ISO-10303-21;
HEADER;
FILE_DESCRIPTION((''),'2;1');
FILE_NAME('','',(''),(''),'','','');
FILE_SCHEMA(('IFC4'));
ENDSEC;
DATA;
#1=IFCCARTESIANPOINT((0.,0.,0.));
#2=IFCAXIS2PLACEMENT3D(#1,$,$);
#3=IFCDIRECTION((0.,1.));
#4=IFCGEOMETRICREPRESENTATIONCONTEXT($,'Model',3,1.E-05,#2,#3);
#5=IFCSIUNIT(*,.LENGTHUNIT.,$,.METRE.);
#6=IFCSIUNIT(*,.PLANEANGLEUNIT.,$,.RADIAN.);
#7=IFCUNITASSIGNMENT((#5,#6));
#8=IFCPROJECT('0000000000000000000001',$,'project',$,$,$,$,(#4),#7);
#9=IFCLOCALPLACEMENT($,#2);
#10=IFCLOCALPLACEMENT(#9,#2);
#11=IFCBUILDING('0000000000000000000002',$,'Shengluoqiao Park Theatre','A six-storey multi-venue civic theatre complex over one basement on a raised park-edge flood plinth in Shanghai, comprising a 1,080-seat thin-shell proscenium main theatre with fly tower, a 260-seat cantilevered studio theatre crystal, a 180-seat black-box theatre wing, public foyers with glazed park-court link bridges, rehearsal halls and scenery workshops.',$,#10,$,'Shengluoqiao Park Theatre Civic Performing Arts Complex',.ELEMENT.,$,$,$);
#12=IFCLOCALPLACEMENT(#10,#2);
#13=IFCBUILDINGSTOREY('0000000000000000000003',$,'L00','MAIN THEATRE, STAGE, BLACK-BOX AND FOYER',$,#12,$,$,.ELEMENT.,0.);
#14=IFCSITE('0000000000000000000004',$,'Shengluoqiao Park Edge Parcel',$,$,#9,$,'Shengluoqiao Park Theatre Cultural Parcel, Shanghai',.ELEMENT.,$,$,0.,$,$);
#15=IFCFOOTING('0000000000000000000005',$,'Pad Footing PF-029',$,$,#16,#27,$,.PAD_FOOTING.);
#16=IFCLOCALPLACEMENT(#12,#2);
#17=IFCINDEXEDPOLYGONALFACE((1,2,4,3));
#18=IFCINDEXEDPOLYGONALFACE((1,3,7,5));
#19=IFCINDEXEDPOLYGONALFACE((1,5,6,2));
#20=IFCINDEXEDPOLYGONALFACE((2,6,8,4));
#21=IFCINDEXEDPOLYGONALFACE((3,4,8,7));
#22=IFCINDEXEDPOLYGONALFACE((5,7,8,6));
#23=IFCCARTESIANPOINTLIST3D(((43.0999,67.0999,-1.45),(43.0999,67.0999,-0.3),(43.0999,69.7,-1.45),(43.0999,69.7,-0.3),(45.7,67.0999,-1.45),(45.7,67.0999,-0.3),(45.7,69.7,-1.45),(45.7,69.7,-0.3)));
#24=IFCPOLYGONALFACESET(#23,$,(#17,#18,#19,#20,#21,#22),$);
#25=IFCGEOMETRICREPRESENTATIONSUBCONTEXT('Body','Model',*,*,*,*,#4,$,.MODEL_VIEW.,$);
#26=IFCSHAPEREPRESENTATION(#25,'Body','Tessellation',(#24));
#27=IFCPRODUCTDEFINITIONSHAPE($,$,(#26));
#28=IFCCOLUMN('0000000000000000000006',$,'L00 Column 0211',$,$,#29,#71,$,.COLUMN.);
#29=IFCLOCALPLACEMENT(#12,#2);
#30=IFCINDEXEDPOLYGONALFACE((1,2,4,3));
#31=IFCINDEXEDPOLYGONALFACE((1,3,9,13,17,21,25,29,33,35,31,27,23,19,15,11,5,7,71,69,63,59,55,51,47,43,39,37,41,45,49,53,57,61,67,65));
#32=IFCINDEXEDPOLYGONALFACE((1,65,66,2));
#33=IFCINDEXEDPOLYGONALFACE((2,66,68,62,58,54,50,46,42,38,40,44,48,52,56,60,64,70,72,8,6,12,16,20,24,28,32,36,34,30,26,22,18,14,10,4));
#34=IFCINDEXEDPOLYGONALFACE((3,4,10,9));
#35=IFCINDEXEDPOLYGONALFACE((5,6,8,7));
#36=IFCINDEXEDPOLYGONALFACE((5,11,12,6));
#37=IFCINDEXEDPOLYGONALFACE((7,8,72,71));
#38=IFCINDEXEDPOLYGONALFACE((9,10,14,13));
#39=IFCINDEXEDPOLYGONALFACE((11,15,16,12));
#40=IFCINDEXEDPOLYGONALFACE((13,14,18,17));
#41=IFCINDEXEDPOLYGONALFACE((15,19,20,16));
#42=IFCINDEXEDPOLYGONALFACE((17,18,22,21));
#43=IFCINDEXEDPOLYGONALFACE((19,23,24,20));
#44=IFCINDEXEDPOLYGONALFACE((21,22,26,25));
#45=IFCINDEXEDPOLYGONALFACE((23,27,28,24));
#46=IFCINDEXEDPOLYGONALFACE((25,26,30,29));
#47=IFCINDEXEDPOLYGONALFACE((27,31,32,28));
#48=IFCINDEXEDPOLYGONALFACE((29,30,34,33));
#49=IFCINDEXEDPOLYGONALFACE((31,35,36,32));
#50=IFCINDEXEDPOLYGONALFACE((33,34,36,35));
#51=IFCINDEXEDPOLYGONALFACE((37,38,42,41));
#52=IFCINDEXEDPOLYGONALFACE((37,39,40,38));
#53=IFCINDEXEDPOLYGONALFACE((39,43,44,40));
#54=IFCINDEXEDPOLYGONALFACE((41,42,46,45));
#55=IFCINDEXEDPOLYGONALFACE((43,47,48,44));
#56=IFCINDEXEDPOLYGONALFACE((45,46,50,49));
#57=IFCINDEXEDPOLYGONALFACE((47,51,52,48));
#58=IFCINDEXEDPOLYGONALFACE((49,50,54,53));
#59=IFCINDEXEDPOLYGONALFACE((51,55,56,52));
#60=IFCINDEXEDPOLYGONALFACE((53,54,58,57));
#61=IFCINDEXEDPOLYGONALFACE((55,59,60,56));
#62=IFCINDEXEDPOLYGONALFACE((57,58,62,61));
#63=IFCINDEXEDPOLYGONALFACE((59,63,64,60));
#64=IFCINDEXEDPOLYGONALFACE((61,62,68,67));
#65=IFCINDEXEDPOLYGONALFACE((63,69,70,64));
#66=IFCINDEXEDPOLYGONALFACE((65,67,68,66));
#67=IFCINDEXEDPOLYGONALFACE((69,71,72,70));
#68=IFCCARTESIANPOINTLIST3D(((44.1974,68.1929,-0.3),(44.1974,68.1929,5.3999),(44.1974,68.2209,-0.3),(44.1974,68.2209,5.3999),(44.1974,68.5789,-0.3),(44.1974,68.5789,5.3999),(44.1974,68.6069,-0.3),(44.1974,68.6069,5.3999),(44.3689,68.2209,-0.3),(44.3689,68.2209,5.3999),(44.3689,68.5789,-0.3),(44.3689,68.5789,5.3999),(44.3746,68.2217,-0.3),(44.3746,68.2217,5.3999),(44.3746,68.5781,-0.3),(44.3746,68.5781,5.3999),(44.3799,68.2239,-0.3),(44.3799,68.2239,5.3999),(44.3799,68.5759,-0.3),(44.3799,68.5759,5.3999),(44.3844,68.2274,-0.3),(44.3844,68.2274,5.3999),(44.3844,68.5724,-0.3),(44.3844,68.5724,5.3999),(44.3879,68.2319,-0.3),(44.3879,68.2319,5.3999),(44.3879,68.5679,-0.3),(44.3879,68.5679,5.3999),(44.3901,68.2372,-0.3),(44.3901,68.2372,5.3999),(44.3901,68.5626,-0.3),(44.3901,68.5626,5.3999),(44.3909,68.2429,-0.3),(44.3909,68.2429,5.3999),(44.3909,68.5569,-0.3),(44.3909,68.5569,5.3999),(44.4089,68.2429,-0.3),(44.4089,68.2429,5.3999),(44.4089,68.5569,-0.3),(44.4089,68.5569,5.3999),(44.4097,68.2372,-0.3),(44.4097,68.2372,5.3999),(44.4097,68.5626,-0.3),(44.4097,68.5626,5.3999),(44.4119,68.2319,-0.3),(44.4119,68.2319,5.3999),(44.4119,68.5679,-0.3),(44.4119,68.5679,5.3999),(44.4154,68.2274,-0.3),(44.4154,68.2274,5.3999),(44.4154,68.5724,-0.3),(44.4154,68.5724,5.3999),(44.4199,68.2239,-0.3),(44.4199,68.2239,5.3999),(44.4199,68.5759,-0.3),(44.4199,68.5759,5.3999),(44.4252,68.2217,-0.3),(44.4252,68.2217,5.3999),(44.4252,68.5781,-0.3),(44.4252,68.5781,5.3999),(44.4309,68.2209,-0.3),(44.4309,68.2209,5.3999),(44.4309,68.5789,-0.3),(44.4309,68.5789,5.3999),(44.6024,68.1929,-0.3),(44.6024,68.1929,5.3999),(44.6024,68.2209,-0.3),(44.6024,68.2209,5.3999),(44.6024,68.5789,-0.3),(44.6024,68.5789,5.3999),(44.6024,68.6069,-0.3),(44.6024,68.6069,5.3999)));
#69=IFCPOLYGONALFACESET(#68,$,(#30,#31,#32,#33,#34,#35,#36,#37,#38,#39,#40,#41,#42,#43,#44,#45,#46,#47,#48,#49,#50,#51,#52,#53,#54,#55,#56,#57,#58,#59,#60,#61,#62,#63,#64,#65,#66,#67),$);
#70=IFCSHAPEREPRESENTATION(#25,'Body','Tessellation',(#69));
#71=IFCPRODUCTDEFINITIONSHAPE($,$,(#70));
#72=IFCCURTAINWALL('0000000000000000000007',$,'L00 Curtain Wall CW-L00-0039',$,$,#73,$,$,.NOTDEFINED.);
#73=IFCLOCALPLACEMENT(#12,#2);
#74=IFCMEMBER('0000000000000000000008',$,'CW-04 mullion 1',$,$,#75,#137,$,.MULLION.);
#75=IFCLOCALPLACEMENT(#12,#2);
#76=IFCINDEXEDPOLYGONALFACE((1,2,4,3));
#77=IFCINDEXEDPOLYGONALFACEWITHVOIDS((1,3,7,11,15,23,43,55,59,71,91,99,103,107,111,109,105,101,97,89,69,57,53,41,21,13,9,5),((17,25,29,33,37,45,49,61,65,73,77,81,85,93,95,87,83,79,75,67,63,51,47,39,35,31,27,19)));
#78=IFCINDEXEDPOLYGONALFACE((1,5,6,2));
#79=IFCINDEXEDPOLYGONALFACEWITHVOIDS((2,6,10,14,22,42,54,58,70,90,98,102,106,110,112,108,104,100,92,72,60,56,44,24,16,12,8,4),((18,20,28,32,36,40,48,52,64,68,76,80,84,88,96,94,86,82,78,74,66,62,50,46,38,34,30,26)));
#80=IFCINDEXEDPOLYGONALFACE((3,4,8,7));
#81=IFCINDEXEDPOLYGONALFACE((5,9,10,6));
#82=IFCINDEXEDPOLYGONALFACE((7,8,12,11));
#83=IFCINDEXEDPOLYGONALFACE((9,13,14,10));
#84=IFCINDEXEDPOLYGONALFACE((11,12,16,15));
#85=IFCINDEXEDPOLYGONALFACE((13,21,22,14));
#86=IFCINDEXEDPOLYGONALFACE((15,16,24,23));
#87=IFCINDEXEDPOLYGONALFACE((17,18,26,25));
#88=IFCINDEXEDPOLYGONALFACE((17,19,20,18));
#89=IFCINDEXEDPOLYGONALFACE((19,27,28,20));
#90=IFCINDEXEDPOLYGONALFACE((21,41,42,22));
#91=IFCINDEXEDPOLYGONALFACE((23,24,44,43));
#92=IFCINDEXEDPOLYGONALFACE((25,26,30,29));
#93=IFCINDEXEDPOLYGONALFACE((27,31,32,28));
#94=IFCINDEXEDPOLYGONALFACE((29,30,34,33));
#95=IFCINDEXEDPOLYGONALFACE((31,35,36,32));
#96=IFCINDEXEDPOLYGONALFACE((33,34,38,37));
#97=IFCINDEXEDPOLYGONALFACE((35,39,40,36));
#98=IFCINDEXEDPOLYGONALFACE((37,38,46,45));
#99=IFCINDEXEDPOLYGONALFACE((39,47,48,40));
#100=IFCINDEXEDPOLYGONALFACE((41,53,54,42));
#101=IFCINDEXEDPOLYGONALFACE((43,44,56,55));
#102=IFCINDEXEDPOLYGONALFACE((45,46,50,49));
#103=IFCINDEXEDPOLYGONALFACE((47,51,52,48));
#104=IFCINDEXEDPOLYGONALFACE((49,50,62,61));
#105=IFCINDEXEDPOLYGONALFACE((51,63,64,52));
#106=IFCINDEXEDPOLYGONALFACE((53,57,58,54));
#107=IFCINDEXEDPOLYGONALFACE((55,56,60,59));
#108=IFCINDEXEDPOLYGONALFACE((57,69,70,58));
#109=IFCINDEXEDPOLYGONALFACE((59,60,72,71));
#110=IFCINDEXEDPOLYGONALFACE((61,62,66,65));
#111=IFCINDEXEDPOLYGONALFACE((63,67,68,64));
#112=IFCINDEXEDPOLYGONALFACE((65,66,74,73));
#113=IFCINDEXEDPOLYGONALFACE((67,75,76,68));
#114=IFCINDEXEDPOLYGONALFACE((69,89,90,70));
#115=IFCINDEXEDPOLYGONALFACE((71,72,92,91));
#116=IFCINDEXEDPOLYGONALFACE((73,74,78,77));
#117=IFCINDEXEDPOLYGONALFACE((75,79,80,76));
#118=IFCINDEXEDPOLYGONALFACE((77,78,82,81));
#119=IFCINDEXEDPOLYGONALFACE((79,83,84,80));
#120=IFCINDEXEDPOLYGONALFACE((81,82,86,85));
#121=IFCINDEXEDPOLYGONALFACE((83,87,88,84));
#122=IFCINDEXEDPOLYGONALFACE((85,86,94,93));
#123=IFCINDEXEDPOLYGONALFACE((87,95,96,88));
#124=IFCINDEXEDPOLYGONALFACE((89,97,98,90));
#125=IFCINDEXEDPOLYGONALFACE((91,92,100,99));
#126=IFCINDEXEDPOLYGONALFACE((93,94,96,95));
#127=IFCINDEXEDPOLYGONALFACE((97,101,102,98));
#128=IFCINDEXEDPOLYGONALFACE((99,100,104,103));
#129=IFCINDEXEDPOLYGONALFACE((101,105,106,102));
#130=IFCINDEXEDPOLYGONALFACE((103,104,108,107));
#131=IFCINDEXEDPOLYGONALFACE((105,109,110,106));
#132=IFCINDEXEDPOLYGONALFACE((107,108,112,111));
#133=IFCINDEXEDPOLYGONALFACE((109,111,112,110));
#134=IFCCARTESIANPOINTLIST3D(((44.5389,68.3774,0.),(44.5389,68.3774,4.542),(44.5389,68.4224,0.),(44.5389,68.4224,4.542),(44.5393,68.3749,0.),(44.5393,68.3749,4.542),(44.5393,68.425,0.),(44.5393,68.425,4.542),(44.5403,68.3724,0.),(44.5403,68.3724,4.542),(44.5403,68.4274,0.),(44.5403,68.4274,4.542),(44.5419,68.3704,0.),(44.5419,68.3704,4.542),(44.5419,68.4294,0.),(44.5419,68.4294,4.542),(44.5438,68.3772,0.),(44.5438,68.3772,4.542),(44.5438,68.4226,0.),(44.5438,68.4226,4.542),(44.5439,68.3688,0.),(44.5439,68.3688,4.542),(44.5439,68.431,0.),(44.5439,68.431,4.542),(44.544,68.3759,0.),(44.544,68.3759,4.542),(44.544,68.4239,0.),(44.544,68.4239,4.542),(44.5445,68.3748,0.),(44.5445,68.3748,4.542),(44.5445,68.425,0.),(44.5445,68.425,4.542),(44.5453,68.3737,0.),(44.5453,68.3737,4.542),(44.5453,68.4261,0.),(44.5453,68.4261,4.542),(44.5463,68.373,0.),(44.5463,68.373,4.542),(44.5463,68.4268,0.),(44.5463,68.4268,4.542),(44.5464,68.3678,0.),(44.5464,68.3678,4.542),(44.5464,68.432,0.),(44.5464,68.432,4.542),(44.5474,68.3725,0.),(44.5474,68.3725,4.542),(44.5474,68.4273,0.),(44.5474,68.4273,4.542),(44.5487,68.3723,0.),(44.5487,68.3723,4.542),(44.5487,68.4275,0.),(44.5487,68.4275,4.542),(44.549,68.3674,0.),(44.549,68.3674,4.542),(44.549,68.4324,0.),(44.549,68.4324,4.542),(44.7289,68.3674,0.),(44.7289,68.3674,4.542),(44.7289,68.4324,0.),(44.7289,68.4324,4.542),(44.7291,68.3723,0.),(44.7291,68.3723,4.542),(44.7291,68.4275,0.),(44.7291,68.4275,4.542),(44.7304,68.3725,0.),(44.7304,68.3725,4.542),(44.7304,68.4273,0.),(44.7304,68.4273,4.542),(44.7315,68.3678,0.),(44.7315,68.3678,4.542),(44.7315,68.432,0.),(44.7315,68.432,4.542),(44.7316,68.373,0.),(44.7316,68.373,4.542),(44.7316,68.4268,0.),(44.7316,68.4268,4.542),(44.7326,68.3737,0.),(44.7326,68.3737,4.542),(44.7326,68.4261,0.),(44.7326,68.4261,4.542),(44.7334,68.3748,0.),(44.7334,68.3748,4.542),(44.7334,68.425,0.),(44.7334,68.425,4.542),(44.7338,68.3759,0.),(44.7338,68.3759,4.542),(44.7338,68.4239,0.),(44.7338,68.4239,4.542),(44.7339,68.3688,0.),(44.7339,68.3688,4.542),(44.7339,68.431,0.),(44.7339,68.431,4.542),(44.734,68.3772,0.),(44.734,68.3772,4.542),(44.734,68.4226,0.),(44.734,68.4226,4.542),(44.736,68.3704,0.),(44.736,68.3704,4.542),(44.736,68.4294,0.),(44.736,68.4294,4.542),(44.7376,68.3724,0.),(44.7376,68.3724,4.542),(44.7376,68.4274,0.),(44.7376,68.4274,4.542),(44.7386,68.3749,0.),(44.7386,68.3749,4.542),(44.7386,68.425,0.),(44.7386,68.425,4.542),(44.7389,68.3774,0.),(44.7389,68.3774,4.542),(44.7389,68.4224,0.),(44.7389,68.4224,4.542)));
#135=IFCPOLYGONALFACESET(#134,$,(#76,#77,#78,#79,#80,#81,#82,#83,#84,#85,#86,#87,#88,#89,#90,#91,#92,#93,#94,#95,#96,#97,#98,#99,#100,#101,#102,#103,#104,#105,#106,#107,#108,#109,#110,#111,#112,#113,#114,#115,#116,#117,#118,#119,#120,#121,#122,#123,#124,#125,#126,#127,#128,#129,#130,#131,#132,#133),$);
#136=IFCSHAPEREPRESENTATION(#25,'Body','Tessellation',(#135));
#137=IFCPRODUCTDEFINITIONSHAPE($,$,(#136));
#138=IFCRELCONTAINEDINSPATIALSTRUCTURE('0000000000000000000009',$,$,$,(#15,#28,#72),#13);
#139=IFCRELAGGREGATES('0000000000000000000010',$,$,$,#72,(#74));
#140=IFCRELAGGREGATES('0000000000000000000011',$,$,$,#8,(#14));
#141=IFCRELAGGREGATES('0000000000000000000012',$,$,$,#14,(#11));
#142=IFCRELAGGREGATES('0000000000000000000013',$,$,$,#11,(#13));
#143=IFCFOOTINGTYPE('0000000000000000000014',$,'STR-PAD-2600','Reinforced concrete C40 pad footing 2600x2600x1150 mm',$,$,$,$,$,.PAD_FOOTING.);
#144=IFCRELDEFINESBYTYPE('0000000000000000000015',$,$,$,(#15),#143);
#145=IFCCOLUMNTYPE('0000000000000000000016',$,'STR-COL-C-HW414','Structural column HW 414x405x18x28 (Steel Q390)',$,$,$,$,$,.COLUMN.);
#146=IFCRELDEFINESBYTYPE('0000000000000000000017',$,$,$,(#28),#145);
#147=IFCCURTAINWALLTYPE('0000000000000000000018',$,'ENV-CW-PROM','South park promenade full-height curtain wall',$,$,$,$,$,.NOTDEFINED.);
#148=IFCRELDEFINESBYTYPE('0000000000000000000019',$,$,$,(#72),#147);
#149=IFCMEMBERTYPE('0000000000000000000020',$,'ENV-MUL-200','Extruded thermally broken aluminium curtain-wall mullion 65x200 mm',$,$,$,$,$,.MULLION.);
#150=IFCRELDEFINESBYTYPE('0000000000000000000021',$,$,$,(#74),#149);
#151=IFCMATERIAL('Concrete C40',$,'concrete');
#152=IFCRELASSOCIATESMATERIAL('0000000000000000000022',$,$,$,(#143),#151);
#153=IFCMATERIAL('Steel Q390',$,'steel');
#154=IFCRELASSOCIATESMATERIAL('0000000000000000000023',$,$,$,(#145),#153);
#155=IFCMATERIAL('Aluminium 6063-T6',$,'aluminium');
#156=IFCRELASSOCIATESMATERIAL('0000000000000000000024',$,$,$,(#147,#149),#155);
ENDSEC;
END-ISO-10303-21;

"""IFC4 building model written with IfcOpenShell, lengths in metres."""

from ifc_helpers import new_model, si_unit, direction, frame, origin, origin_2d, place, context, subcontext, project, spatial, rectangle, hollow_rectangle, i_section, extrude, material, material_profile, profile_set, type_object, element, aggregate, save


model = new_model("IFC4")

# Units and contexts
model_context = context("Model", 3, precision=1e-05, world=origin(), true_north=direction((0.0, 1.0)))
body_context = subcontext(model_context, "Body", "Model", "MODEL_VIEW")
ifc_project = project(units=[si_unit("LENGTHUNIT", "METRE"), si_unit("PLANEANGLEUNIT", "RADIAN")], contexts=[model_context])

# Site, building, storey
site_placement = place(None, origin())
site = spatial("IfcSite", under=ifc_project, at=site_placement, Name="Shengluoqiao Park Edge Parcel", LongName="Shengluoqiao Park Theatre Cultural Parcel, Shanghai", CompositionType="ELEMENT", RefElevation=0.0)
building_placement = place(site_placement, origin())
building = spatial("IfcBuilding", under=site, at=building_placement, Name="Shengluoqiao Park Theatre", Description="A six-storey multi-venue civic theatre complex over one basement on a raised park-edge flood plinth in Shanghai, comprising a 1,080-seat thin-shell proscenium main theatre with fly tower, a 260-seat cantilevered studio theatre crystal, a 180-seat black-box theatre wing, public foyers with glazed park-court link bridges, rehearsal halls and scenery workshops.", LongName="Shengluoqiao Park Theatre Civic Performing Arts Complex", CompositionType="ELEMENT")
storey_placement = place(building_placement, origin())
storey = spatial("IfcBuildingStorey", under=building, at=storey_placement, Name="L00", Description="MAIN THEATRE, STAGE, BLACK-BOX AND FOYER", CompositionType="ELEMENT", Elevation=0.0)

# Footing
ifc_material_1 = material(Name="Concrete C40", Category="concrete")
footing_type = type_object("IfcFootingType", Name="STR-PAD-2600", Description="Reinforced concrete C40 pad footing 2600x2600x1150 mm", PredefinedType="PAD_FOOTING", material=ifc_material_1)
footing_placement = place(storey_placement, frame((44.3999, 68.3999, -1.45), z_axis=(0.0, 0.0, 1.0), x_axis=(1.0, 0.0, 0.0)))
element("IfcFooting", 1, at=footing_placement, inside=storey, type_object=footing_type, Name="Pad Footing PF-029", PredefinedType="PAD_FOOTING", context=body_context, shape_type="SweptSolid", body=[
    extrude(rectangle(XDim=2.6001, YDim=2.6001, at=origin_2d()), origin(), (0.0, 0.0, 1.0), 1.1499),
])

# Column
ifc_material_2 = material(Name="Steel Q390", Category="steel")
ifc_material_profile_1 = material_profile(ifc_material_2, i_section(OverallWidth=0.405, OverallDepth=0.4141, WebThickness=0.0181, FlangeThickness=0.0281, FilletRadius=0.022, at=origin_2d()), Name="HW 414x405x18x28")
ifc_profile_set_1 = profile_set([ifc_material_profile_1], Name="Steel Q390")
column_type = type_object("IfcColumnType", Name="STR-COL-C-HW414", Description="Structural column HW 414x405x18x28 (Steel Q390)", PredefinedType="COLUMN", material=ifc_profile_set_1)
column_placement = place(storey_placement, frame((44.3999, 68.3999, -0.3), z_axis=(0.0, 0.0, 1.0), x_axis=(1.0, 0.0, 0.0)))
element("IfcColumn", 2, at=column_placement, inside=storey, type_object=column_type, Name="L00 Column 0211", PredefinedType="COLUMN", context=body_context, shape_type="SweptSolid", body=[
    extrude(i_section(OverallWidth=0.405, OverallDepth=0.4141, WebThickness=0.0181, FlangeThickness=0.0281, FilletRadius=0.022, at=origin_2d()), origin(), (0.0, 0.0, 1.0), 5.7),
])

# Curtain wall, member
ifc_material_3 = material(Name="Aluminium 6063-T6", Category="aluminium")
curtain_wall_type = type_object("IfcCurtainWallType", Name="ENV-CW-PROM", Description="South park promenade full-height curtain wall", PredefinedType="NOTDEFINED", material=ifc_material_3)
curtain_wall_placement = place(storey_placement, origin())
curtain_wall = element("IfcCurtainWall", 3, at=curtain_wall_placement, inside=storey, type_object=curtain_wall_type, Name="L00 Curtain Wall CW-L00-0039", PredefinedType="NOTDEFINED")
ifc_material_profile_2 = material_profile(ifc_material_3, hollow_rectangle(XDim=0.0649, YDim=0.2, WallThickness=0.0049, InnerFilletRadius=0.0049, OuterFilletRadius=0.01, at=origin_2d()), Name="ALU MULLION 200x65x5")
ifc_profile_set_2 = profile_set([ifc_material_profile_2], Name="Aluminium 6063-T6")
member_type_1 = type_object("IfcMemberType", Name="ENV-MUL-200", Description="Extruded thermally broken aluminium curtain-wall mullion 65x200 mm", PredefinedType="MULLION", material=ifc_profile_set_2)
member_1_placement = place(storey_placement, frame((44.6389, 68.3999, 0.0), z_axis=(0.0, 0.0, 1.0), x_axis=(0.0, 1.0, 0.0)))
member_1 = element("IfcMember", 4, at=member_1_placement, type_object=member_type_1, Name="CW-04 mullion 1", PredefinedType="MULLION", context=body_context, shape_type="SweptSolid", body=[
    extrude(hollow_rectangle(XDim=0.0649, YDim=0.2, WallThickness=0.0049, InnerFilletRadius=0.0049, OuterFilletRadius=0.01, at=origin_2d()), origin(), (0.0, 0.0, 1.0), 4.542),
])
aggregate(curtain_wall, [member_1])

save(model, "model.ifc")
